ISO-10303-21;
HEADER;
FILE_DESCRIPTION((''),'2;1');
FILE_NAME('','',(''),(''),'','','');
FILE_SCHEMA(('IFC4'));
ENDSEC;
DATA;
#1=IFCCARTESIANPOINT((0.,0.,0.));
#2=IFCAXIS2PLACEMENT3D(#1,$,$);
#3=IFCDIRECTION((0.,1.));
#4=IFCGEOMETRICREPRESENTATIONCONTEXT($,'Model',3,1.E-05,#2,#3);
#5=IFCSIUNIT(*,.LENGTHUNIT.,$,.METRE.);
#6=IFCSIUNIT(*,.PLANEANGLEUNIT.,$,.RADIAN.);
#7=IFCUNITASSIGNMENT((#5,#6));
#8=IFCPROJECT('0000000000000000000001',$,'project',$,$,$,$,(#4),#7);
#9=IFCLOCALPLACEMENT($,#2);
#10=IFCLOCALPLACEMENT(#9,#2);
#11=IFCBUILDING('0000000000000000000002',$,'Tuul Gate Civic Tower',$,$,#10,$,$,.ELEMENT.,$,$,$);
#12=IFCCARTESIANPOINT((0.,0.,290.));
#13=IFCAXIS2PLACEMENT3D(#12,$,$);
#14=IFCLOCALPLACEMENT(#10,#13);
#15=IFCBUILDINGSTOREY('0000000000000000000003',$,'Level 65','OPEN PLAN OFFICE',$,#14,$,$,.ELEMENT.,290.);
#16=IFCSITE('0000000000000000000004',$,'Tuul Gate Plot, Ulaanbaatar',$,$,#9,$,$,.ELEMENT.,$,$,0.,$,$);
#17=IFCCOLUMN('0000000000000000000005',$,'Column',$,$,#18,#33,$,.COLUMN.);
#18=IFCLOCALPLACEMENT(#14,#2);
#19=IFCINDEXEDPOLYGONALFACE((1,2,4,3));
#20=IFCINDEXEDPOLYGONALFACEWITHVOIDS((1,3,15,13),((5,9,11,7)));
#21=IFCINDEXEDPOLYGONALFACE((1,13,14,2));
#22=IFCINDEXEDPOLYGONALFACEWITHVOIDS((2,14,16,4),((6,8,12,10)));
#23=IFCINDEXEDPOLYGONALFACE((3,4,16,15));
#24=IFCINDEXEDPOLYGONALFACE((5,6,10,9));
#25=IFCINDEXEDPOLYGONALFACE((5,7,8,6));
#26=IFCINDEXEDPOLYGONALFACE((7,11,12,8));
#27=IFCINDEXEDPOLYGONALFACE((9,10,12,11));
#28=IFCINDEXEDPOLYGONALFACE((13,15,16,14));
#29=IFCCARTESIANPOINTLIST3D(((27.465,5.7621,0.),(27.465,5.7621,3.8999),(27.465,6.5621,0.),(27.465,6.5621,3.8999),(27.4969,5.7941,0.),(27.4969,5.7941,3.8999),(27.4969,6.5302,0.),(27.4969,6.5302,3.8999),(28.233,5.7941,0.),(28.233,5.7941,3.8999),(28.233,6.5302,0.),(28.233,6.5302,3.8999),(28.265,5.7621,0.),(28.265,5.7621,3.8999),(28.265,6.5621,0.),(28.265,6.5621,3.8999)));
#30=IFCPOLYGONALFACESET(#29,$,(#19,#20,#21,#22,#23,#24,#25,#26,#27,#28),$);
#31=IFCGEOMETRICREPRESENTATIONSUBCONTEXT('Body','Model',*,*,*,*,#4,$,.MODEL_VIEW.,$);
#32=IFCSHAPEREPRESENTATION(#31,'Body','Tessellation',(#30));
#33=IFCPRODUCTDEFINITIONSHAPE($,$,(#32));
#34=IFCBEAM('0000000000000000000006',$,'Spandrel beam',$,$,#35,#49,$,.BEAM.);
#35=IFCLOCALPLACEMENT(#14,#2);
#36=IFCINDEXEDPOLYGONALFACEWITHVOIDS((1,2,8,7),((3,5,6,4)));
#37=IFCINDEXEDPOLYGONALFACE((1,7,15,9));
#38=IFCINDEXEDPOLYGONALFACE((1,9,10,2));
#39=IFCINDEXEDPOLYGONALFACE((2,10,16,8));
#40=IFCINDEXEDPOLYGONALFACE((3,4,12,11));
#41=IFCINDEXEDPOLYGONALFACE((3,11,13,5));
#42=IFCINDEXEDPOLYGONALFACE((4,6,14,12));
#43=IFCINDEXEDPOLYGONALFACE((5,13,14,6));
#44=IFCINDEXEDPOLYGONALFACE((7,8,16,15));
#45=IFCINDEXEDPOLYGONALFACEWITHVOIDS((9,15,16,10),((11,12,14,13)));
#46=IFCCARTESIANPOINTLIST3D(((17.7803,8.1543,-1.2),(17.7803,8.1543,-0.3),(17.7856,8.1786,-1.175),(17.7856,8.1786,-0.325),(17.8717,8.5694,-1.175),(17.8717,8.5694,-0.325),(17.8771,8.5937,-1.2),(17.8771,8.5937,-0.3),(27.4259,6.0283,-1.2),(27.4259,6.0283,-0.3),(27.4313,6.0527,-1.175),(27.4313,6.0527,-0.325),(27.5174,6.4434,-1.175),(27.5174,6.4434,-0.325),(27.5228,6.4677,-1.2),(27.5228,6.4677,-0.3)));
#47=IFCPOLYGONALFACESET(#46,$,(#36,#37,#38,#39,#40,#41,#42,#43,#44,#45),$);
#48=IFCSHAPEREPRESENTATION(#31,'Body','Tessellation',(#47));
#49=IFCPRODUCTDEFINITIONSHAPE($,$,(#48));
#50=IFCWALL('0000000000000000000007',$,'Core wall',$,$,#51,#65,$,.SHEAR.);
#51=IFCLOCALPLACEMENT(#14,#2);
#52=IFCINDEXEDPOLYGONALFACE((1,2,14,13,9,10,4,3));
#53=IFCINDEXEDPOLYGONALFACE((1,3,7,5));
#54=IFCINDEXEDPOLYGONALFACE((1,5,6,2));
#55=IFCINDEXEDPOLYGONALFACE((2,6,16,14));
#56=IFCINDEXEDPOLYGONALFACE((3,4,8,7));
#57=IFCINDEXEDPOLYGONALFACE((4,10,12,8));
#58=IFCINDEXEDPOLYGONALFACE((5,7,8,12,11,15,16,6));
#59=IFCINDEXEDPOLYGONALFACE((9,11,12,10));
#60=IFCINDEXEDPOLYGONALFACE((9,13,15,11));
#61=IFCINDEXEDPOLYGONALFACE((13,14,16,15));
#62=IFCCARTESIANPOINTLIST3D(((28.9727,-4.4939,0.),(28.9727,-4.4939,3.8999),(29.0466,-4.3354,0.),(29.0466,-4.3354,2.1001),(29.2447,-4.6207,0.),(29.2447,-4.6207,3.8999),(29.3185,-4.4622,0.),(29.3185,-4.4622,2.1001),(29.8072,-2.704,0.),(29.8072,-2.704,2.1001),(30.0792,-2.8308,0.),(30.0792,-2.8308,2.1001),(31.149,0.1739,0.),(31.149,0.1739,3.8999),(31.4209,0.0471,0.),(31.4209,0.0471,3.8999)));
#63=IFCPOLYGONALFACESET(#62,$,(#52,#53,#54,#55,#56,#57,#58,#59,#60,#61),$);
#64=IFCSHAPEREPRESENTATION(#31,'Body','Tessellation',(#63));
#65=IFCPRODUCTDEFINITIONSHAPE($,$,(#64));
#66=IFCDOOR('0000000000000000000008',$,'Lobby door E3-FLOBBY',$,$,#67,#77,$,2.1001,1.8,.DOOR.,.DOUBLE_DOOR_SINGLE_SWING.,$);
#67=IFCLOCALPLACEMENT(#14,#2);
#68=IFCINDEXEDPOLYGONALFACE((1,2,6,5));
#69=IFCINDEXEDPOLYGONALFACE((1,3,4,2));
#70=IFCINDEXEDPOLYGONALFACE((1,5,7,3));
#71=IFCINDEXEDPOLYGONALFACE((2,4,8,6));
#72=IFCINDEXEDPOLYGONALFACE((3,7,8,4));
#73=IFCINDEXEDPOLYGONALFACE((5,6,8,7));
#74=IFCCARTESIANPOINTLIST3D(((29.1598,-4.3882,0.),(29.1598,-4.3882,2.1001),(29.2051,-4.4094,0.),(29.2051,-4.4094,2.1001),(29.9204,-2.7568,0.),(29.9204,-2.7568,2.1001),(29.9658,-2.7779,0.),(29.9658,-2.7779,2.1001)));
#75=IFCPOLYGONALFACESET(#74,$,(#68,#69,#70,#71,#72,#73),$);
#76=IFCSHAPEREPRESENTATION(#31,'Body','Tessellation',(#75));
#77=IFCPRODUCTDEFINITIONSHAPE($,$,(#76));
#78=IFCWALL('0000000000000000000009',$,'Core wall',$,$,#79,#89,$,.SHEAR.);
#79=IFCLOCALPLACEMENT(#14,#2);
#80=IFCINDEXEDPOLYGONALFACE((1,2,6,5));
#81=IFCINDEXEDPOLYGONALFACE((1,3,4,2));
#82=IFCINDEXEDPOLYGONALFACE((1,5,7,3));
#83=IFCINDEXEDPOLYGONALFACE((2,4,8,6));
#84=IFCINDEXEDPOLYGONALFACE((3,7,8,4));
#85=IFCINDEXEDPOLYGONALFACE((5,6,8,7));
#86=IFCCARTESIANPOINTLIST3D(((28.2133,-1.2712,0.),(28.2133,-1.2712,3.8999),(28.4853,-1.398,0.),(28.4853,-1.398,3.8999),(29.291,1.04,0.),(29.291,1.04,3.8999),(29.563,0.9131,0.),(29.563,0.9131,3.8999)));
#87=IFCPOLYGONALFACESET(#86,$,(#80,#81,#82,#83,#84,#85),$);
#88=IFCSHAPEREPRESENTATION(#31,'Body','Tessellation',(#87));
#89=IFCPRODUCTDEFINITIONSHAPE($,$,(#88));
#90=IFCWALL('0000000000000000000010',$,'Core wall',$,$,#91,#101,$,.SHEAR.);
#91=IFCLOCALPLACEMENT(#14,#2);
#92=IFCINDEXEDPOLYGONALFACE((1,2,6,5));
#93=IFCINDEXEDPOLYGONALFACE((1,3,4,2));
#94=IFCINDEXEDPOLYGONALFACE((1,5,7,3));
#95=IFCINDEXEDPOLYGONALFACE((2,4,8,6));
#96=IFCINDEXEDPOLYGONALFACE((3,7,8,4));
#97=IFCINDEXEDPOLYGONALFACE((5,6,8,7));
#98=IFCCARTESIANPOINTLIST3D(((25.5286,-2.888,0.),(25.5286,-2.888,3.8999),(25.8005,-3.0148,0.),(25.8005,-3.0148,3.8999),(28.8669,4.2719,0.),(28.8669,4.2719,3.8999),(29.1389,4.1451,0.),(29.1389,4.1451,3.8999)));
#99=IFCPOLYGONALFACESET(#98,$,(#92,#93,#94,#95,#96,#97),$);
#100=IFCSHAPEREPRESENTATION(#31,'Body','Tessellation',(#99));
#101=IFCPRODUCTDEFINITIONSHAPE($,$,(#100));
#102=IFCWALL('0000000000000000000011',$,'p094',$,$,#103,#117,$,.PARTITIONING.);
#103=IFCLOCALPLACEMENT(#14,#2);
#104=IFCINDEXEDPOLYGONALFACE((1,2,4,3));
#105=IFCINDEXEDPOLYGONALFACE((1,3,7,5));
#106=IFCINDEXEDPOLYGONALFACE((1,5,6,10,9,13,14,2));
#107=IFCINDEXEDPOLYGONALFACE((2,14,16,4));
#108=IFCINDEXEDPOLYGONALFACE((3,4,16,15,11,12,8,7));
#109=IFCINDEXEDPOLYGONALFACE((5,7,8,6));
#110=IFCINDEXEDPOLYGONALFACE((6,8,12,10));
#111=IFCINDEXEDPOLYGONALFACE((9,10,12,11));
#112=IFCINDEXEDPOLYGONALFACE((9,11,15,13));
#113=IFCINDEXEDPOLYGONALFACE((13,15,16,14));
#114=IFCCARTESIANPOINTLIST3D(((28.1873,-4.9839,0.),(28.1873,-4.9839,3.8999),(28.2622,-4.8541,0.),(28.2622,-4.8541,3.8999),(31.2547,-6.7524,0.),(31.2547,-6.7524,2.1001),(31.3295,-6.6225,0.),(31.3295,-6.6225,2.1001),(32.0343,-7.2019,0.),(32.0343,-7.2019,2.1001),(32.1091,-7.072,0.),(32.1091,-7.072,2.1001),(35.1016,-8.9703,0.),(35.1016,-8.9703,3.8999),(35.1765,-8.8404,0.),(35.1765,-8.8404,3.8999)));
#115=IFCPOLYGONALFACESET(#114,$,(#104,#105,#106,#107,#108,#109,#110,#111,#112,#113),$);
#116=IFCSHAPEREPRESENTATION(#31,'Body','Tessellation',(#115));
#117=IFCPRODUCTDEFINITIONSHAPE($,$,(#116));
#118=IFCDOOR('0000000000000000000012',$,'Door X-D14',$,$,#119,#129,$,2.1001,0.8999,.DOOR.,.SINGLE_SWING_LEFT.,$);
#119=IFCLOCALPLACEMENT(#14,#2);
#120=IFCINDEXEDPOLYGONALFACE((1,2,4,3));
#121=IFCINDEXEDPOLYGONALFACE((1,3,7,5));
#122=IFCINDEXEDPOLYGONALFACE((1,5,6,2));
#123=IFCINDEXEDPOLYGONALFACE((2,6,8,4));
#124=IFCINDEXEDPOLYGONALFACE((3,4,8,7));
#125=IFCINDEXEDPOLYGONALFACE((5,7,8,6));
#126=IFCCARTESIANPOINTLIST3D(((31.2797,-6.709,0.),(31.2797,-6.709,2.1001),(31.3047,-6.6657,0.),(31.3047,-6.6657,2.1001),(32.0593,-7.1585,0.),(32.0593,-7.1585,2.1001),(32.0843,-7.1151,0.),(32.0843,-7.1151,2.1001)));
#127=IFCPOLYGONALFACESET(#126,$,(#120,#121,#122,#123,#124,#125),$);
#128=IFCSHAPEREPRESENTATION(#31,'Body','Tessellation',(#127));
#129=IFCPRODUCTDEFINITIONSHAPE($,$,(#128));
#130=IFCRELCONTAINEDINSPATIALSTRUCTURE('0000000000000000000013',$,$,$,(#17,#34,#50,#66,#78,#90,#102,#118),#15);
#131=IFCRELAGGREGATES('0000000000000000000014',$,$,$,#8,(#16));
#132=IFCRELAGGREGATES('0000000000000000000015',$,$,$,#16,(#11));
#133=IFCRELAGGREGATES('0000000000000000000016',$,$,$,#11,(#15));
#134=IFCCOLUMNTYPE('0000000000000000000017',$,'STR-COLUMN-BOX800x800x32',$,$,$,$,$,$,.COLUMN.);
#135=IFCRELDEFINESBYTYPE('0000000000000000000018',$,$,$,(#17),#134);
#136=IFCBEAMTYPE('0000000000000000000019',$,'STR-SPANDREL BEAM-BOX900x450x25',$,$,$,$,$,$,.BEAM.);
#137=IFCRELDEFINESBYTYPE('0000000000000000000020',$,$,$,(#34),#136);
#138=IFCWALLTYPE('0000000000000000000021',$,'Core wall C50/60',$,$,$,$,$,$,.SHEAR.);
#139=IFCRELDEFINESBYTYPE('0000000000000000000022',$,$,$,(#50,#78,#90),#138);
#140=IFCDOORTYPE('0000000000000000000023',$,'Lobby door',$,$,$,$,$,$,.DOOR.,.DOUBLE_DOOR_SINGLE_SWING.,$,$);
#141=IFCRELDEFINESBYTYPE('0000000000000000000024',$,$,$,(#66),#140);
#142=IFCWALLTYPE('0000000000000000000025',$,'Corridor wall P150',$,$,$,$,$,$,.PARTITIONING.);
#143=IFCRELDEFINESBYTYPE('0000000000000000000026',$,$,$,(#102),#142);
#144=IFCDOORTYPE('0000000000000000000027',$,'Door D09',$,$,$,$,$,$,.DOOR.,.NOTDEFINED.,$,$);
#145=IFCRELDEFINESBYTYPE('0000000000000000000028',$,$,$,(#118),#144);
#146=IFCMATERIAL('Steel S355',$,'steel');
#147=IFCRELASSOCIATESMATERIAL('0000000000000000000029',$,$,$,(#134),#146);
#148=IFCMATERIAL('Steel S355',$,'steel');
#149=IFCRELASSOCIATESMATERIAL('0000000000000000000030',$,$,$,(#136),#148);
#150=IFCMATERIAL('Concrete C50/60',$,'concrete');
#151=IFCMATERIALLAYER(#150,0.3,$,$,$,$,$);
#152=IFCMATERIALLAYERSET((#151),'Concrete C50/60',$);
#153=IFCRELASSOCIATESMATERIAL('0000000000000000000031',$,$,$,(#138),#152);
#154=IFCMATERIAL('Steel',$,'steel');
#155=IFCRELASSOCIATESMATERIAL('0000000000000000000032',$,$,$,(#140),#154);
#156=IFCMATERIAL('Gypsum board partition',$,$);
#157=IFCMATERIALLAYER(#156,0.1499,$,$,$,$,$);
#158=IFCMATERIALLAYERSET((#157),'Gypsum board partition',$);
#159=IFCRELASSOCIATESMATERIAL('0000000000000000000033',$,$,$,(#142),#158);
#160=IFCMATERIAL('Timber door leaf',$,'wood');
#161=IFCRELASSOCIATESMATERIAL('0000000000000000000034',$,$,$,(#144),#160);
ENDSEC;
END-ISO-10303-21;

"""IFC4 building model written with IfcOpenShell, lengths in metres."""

from ifc_helpers import new_model, si_unit, direction, frame, frame_2d, origin, origin_2d, place, context, subcontext, project, spatial, rectangle, hollow_rectangle, extrude, material, layer, layer_set, material_profile, profile_set, type_object, element, fill, save


model = new_model("IFC4")

# Units and contexts
model_context = context("Model", 3, precision=1e-05, world=origin(), true_north=direction((0.0, 1.0)))
body_context = subcontext(model_context, "Body", "Model", "MODEL_VIEW")
ifc_project = project(units=[si_unit("LENGTHUNIT", "METRE"), si_unit("PLANEANGLEUNIT", "RADIAN")], contexts=[model_context])

# Site, building, storey
site_placement = place(None, origin())
site = spatial("IfcSite", under=ifc_project, at=site_placement, Name="Tuul Gate Plot, Ulaanbaatar", CompositionType="ELEMENT", RefElevation=0.0)
building_placement = place(site_placement, origin())
building = spatial("IfcBuilding", under=site, at=building_placement, Name="Tuul Gate Civic Tower", CompositionType="ELEMENT")
storey_placement = place(building_placement, frame((0.0, 0.0, 290.0)))
storey = spatial("IfcBuildingStorey", under=building, at=storey_placement, Name="Level 65", Description="OPEN PLAN OFFICE", CompositionType="ELEMENT", Elevation=290.0)

# Column
ifc_material_1 = material(Name="Steel S355", Category="steel")
ifc_material_profile_1 = material_profile(ifc_material_1, hollow_rectangle(XDim=0.8, YDim=0.8, WallThickness=0.032, at=origin_2d()), Name="BOX800x800x32")
ifc_profile_set_1 = profile_set([ifc_material_profile_1], Name="Steel S355")
column_type = type_object("IfcColumnType", Name="STR-COLUMN-BOX800x800x32", PredefinedType="COLUMN", material=ifc_profile_set_1)
column_placement = place(storey_placement, frame((27.865, 6.1621, 0.0), z_axis=(0.0, 0.0, 1.0), x_axis=(1.0, 0.0, 0.0)))
element("IfcColumn", 1, at=column_placement, inside=storey, type_object=column_type, Name="Column", PredefinedType="COLUMN", context=body_context, shape_type="SweptSolid", body=[
    extrude(hollow_rectangle(XDim=0.8, YDim=0.8, WallThickness=0.032, at=origin_2d()), origin(), (0.0, 0.0, 1.0), 3.8999),
])

# Beam
ifc_material_2 = material(Name="Steel S355", Category="steel")
ifc_material_profile_2 = material_profile(ifc_material_2, hollow_rectangle(XDim=0.45, YDim=0.8999, WallThickness=0.0249, at=origin_2d()), Name="BOX900x450x25")
ifc_profile_set_2 = profile_set([ifc_material_profile_2], Name="Steel S355")
beam_type = type_object("IfcBeamType", Name="STR-SPANDREL BEAM-BOX900x450x25", PredefinedType="BEAM", material=ifc_profile_set_2)
beam_placement = place(storey_placement, frame((27.4744, 6.248, -0.75), z_axis=(-0.976561, 0.215239, 0.0), x_axis=(-0.215239, -0.976561, 0.0)))
element("IfcBeam", 2, at=beam_placement, inside=storey, type_object=beam_type, Name="Spandrel beam", PredefinedType="BEAM", context=body_context, shape_type="SweptSolid", body=[
    extrude(hollow_rectangle(XDim=0.45, YDim=0.8999, WallThickness=0.0249, at=origin_2d()), origin(), (0.0, 0.0, 1.0), 9.8772),
])

# Wall, opening, door
ifc_material_3 = material(Name="Concrete C50/60", Category="concrete")
ifc_layer_1 = layer(ifc_material_3, 0.3)
ifc_layer_set_1 = layer_set([ifc_layer_1], Name="Concrete C50/60")
wall_type_1 = type_object("IfcWallType", Name="Core wall C50/60", PredefinedType="SHEAR", material=ifc_layer_set_1)
wall_1_placement = place(storey_placement, frame((29.1086, -4.5574, 0.0), z_axis=(0.0, 0.0, 1.0), x_axis=(0.422566, 0.906332, 0.0)))
wall_1 = element("IfcWall", 3, at=wall_1_placement, inside=storey, type_object=wall_type_1, Name="Core wall", PredefinedType="SHEAR", context=body_context, shape_type="SweptSolid", body=[
    extrude(rectangle(XDim=5.1501, YDim=0.3, at=frame_2d((2.5752, 0.0))), origin(), (0.0, 0.0, 1.0), 3.8999),
])
opening_1_placement = place(wall_1_placement, frame((0.175, 0.0, 0.0)))
opening_1 = element("IfcOpeningElement", 4, at=opening_1_placement, cuts=wall_1, PredefinedType="OPENING", context=body_context, shape_type="SweptSolid", body=[
    extrude(rectangle(XDim=1.8, YDim=2.1001, at=frame_2d((0.8999, 1.05))), frame((0.0, 0.1602, 0.0), z_axis=(0.0, -1.0, 0.0), x_axis=(1.0, 0.0, 0.0)), (0.0, 0.0, 1.0), 0.3201),
])
ifc_material_4 = material(Name="Steel", Category="steel")
door_type_1 = type_object("IfcDoorType", Name="Lobby door", OperationType="DOUBLE_DOOR_SINGLE_SWING", PredefinedType="DOOR", material=ifc_material_4)
door_1_placement = place(opening_1_placement, frame((1.8, 0.0, 0.0), z_axis=(0.0, 0.0, 1.0), x_axis=(-1.0, 0.0, 0.0)))
door_1 = element("IfcDoor", 5, at=door_1_placement, inside=storey, type_object=door_type_1, Name="Lobby door E3-FLOBBY", OperationType="DOUBLE_DOOR_SINGLE_SWING", OverallHeight=2.1001, OverallWidth=1.8, PredefinedType="DOOR", context=body_context, shape_type="SweptSolid", body=[
    extrude(rectangle(XDim=1.8, YDim=2.1001, at=frame_2d((0.9001, 1.05))), frame((0.0, 0.0249, 0.0), z_axis=(0.0, -1.0, 0.0), x_axis=(1.0, 0.0, 0.0)), (0.0, 0.0, 1.0), 0.05),
])
fill(opening_1, door_1)

# Walls
wall_2_placement = place(storey_placement, frame((28.3494, -1.3345, 0.0), z_axis=(0.0, 0.0, 1.0), x_axis=(0.422613, 0.90631, 0.0)))
element("IfcWall", 6, at=wall_2_placement, inside=storey, type_object=wall_type_1, Name="Core wall", PredefinedType="SHEAR", context=body_context, shape_type="SweptSolid", body=[
    extrude(rectangle(XDim=2.55, YDim=0.3, at=frame_2d((1.2749, 0.0))), origin(), (0.0, 0.0, 1.0), 3.8999),
])
wall_3_placement = place(storey_placement, frame((25.6646, -2.9514, 0.0), z_axis=(0.0, 0.0, 1.0), x_axis=(0.422583, 0.906324, 0.0)))
element("IfcWall", 7, at=wall_3_placement, inside=storey, type_object=wall_type_1, Name="Core wall", PredefinedType="SHEAR", context=body_context, shape_type="SweptSolid", body=[
    extrude(rectangle(XDim=7.8999, YDim=0.3, at=frame_2d((3.95, 0.0))), origin(), (0.0, 0.0, 1.0), 3.8999),
])

# Wall, opening, door
ifc_material_5 = material(Name="Gypsum board partition")
ifc_layer_2 = layer(ifc_material_5, 0.1499)
ifc_layer_set_2 = layer_set([ifc_layer_2], Name="Gypsum board partition")
wall_type_2 = type_object("IfcWallType", Name="Corridor wall P150", PredefinedType="PARTITIONING", material=ifc_layer_set_2)
wall_4_placement = place(storey_placement, frame((28.2246, -4.9189, 0.0), z_axis=(0.0, 0.0, 1.0), x_axis=(0.866332, -0.499469, 0.0)))
wall_4 = element("IfcWall", 8, at=wall_4_placement, inside=storey, type_object=wall_type_2, Name="p094", PredefinedType="PARTITIONING", context=body_context, shape_type="SweptSolid", body=[
    extrude(rectangle(XDim=7.9812, YDim=0.1499, at=frame_2d((3.9907, 0.0))), origin(), (0.0, 0.0, 1.0), 3.8999),
])
opening_2_placement = place(wall_4_placement, frame((3.5408, 0.0, 0.0)))
opening_2 = element("IfcOpeningElement", 9, at=opening_2_placement, cuts=wall_4, PredefinedType="OPENING", context=body_context, shape_type="SweptSolid", body=[
    extrude(rectangle(XDim=0.8999, YDim=2.1001, at=frame_2d((0.45, 1.05))), frame((0.0, 0.085, 0.0), z_axis=(0.0, -1.0, 0.0), x_axis=(1.0, 0.0, 0.0)), (0.0, 0.0, 1.0), 0.1699),
])
ifc_material_6 = material(Name="Timber door leaf", Category="wood")
door_type_2 = type_object("IfcDoorType", Name="Door D09", OperationType="NOTDEFINED", PredefinedType="DOOR", material=ifc_material_6)
door_2_placement = place(opening_2_placement, frame((0.8999, 0.0, 0.0), z_axis=(0.0, 0.0, 1.0), x_axis=(-1.0, 0.0, 0.0)))
door_2 = element("IfcDoor", 10, at=door_2_placement, inside=storey, type_object=door_type_2, Name="Door X-D14", OperationType="SINGLE_SWING_LEFT", OverallHeight=2.1001, OverallWidth=0.8999, PredefinedType="DOOR", context=body_context, shape_type="SweptSolid", body=[
    extrude(rectangle(XDim=0.8999, YDim=2.1001, at=frame_2d((0.45, 1.05))), frame((0.0, 0.0249, 0.0), z_axis=(0.0, -1.0, 0.0), x_axis=(1.0, 0.0, 0.0)), (0.0, 0.0, 1.0), 0.05),
])
fill(opening_2, door_2)

save(model, "model.ifc")
